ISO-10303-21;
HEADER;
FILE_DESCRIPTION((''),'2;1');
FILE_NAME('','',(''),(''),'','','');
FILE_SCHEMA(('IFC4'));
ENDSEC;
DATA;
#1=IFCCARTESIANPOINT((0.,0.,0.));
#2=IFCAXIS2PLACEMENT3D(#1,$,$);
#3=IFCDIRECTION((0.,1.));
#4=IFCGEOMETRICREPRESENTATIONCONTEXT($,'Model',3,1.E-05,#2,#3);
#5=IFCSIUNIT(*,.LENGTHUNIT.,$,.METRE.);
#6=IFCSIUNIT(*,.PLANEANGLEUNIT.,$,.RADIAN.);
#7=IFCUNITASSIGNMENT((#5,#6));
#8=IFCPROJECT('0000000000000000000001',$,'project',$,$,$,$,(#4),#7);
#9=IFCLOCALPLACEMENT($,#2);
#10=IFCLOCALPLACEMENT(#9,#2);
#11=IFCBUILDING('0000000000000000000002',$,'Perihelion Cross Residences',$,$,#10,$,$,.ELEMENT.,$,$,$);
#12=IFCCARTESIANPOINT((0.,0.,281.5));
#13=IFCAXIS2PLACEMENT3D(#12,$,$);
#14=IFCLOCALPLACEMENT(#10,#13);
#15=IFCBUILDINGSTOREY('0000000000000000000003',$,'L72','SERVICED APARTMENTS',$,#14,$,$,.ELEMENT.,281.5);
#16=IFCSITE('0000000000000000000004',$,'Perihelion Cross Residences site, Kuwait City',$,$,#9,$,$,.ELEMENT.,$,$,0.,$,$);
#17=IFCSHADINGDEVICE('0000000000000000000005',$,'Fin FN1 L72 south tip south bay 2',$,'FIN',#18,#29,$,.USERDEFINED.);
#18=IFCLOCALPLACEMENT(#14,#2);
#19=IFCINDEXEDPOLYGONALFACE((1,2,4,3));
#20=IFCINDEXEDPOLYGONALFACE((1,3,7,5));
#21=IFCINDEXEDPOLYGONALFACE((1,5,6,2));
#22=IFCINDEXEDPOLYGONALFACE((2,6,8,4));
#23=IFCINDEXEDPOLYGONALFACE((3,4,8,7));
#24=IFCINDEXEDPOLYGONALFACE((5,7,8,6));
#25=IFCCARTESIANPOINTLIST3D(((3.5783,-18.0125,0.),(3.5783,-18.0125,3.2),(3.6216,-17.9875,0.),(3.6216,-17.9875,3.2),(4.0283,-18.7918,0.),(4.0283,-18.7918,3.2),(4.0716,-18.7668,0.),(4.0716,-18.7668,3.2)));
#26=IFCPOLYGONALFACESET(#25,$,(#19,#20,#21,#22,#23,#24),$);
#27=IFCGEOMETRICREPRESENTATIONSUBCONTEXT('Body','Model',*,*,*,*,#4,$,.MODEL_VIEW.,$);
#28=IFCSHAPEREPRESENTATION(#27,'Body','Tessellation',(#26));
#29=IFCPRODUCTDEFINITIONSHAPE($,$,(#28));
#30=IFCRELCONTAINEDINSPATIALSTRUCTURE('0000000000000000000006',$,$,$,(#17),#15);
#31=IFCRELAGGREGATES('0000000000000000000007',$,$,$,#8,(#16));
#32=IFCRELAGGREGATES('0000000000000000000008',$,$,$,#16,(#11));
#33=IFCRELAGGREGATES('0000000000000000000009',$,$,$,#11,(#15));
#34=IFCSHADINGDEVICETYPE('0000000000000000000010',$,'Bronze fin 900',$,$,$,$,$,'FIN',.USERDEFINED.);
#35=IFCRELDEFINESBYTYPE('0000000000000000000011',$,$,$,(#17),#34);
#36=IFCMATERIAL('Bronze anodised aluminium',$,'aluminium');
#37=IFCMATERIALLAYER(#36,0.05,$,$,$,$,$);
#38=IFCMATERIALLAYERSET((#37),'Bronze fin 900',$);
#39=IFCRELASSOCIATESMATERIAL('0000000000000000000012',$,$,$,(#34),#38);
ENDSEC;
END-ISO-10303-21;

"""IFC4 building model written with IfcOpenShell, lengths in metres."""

from ifc_helpers import new_model, si_unit, direction, frame, origin, origin_2d, place, context, subcontext, project, spatial, rectangle, extrude, material, layer, layer_set, type_object, element, save


model = new_model("IFC4")

# Units and contexts
model_context = context("Model", 3, precision=1e-05, world=origin(), true_north=direction((0.0, 1.0)))
body_context = subcontext(model_context, "Body", "Model", "MODEL_VIEW")
ifc_project = project(units=[si_unit("LENGTHUNIT", "METRE"), si_unit("PLANEANGLEUNIT", "RADIAN")], contexts=[model_context])

# Site, building, storey
site_placement = place(None, origin())
site = spatial("IfcSite", under=ifc_project, at=site_placement, Name="Perihelion Cross Residences site, Kuwait City", CompositionType="ELEMENT", RefElevation=0.0)
building_placement = place(site_placement, origin())
building = spatial("IfcBuilding", under=site, at=building_placement, Name="Perihelion Cross Residences", CompositionType="ELEMENT")
storey_placement = place(building_placement, frame((0.0, 0.0, 281.5)))
storey = spatial("IfcBuildingStorey", under=building, at=storey_placement, Name="L72", Description="SERVICED APARTMENTS", CompositionType="ELEMENT", Elevation=281.5)

# Shading device
ifc_material_1 = material(Name="Bronze anodised aluminium", Category="aluminium")
ifc_layer_1 = layer(ifc_material_1, 0.05)
ifc_layer_set_1 = layer_set([ifc_layer_1], Name="Bronze fin 900")
shading_device_type = type_object("IfcShadingDeviceType", Name="Bronze fin 900", ElementType="FIN", PredefinedType="USERDEFINED", material=ifc_layer_set_1)
shading_device_placement = place(storey_placement, frame((3.825, -18.3896, 0.0), z_axis=(0.0, 0.0, 1.0), x_axis=(0.5, -0.866025, 0.0)))
element("IfcShadingDevice", 1, at=shading_device_placement, inside=storey, type_object=shading_device_type, Name="Fin FN1 L72 south tip south bay 2", ObjectType="FIN", PredefinedType="USERDEFINED", context=body_context, shape_type="SweptSolid", body=[
    extrude(rectangle(XDim=0.8999, YDim=0.05, at=origin_2d()), origin(), (0.0, 0.0, 1.0), 3.2),
])

save(model, "model.ifc")
